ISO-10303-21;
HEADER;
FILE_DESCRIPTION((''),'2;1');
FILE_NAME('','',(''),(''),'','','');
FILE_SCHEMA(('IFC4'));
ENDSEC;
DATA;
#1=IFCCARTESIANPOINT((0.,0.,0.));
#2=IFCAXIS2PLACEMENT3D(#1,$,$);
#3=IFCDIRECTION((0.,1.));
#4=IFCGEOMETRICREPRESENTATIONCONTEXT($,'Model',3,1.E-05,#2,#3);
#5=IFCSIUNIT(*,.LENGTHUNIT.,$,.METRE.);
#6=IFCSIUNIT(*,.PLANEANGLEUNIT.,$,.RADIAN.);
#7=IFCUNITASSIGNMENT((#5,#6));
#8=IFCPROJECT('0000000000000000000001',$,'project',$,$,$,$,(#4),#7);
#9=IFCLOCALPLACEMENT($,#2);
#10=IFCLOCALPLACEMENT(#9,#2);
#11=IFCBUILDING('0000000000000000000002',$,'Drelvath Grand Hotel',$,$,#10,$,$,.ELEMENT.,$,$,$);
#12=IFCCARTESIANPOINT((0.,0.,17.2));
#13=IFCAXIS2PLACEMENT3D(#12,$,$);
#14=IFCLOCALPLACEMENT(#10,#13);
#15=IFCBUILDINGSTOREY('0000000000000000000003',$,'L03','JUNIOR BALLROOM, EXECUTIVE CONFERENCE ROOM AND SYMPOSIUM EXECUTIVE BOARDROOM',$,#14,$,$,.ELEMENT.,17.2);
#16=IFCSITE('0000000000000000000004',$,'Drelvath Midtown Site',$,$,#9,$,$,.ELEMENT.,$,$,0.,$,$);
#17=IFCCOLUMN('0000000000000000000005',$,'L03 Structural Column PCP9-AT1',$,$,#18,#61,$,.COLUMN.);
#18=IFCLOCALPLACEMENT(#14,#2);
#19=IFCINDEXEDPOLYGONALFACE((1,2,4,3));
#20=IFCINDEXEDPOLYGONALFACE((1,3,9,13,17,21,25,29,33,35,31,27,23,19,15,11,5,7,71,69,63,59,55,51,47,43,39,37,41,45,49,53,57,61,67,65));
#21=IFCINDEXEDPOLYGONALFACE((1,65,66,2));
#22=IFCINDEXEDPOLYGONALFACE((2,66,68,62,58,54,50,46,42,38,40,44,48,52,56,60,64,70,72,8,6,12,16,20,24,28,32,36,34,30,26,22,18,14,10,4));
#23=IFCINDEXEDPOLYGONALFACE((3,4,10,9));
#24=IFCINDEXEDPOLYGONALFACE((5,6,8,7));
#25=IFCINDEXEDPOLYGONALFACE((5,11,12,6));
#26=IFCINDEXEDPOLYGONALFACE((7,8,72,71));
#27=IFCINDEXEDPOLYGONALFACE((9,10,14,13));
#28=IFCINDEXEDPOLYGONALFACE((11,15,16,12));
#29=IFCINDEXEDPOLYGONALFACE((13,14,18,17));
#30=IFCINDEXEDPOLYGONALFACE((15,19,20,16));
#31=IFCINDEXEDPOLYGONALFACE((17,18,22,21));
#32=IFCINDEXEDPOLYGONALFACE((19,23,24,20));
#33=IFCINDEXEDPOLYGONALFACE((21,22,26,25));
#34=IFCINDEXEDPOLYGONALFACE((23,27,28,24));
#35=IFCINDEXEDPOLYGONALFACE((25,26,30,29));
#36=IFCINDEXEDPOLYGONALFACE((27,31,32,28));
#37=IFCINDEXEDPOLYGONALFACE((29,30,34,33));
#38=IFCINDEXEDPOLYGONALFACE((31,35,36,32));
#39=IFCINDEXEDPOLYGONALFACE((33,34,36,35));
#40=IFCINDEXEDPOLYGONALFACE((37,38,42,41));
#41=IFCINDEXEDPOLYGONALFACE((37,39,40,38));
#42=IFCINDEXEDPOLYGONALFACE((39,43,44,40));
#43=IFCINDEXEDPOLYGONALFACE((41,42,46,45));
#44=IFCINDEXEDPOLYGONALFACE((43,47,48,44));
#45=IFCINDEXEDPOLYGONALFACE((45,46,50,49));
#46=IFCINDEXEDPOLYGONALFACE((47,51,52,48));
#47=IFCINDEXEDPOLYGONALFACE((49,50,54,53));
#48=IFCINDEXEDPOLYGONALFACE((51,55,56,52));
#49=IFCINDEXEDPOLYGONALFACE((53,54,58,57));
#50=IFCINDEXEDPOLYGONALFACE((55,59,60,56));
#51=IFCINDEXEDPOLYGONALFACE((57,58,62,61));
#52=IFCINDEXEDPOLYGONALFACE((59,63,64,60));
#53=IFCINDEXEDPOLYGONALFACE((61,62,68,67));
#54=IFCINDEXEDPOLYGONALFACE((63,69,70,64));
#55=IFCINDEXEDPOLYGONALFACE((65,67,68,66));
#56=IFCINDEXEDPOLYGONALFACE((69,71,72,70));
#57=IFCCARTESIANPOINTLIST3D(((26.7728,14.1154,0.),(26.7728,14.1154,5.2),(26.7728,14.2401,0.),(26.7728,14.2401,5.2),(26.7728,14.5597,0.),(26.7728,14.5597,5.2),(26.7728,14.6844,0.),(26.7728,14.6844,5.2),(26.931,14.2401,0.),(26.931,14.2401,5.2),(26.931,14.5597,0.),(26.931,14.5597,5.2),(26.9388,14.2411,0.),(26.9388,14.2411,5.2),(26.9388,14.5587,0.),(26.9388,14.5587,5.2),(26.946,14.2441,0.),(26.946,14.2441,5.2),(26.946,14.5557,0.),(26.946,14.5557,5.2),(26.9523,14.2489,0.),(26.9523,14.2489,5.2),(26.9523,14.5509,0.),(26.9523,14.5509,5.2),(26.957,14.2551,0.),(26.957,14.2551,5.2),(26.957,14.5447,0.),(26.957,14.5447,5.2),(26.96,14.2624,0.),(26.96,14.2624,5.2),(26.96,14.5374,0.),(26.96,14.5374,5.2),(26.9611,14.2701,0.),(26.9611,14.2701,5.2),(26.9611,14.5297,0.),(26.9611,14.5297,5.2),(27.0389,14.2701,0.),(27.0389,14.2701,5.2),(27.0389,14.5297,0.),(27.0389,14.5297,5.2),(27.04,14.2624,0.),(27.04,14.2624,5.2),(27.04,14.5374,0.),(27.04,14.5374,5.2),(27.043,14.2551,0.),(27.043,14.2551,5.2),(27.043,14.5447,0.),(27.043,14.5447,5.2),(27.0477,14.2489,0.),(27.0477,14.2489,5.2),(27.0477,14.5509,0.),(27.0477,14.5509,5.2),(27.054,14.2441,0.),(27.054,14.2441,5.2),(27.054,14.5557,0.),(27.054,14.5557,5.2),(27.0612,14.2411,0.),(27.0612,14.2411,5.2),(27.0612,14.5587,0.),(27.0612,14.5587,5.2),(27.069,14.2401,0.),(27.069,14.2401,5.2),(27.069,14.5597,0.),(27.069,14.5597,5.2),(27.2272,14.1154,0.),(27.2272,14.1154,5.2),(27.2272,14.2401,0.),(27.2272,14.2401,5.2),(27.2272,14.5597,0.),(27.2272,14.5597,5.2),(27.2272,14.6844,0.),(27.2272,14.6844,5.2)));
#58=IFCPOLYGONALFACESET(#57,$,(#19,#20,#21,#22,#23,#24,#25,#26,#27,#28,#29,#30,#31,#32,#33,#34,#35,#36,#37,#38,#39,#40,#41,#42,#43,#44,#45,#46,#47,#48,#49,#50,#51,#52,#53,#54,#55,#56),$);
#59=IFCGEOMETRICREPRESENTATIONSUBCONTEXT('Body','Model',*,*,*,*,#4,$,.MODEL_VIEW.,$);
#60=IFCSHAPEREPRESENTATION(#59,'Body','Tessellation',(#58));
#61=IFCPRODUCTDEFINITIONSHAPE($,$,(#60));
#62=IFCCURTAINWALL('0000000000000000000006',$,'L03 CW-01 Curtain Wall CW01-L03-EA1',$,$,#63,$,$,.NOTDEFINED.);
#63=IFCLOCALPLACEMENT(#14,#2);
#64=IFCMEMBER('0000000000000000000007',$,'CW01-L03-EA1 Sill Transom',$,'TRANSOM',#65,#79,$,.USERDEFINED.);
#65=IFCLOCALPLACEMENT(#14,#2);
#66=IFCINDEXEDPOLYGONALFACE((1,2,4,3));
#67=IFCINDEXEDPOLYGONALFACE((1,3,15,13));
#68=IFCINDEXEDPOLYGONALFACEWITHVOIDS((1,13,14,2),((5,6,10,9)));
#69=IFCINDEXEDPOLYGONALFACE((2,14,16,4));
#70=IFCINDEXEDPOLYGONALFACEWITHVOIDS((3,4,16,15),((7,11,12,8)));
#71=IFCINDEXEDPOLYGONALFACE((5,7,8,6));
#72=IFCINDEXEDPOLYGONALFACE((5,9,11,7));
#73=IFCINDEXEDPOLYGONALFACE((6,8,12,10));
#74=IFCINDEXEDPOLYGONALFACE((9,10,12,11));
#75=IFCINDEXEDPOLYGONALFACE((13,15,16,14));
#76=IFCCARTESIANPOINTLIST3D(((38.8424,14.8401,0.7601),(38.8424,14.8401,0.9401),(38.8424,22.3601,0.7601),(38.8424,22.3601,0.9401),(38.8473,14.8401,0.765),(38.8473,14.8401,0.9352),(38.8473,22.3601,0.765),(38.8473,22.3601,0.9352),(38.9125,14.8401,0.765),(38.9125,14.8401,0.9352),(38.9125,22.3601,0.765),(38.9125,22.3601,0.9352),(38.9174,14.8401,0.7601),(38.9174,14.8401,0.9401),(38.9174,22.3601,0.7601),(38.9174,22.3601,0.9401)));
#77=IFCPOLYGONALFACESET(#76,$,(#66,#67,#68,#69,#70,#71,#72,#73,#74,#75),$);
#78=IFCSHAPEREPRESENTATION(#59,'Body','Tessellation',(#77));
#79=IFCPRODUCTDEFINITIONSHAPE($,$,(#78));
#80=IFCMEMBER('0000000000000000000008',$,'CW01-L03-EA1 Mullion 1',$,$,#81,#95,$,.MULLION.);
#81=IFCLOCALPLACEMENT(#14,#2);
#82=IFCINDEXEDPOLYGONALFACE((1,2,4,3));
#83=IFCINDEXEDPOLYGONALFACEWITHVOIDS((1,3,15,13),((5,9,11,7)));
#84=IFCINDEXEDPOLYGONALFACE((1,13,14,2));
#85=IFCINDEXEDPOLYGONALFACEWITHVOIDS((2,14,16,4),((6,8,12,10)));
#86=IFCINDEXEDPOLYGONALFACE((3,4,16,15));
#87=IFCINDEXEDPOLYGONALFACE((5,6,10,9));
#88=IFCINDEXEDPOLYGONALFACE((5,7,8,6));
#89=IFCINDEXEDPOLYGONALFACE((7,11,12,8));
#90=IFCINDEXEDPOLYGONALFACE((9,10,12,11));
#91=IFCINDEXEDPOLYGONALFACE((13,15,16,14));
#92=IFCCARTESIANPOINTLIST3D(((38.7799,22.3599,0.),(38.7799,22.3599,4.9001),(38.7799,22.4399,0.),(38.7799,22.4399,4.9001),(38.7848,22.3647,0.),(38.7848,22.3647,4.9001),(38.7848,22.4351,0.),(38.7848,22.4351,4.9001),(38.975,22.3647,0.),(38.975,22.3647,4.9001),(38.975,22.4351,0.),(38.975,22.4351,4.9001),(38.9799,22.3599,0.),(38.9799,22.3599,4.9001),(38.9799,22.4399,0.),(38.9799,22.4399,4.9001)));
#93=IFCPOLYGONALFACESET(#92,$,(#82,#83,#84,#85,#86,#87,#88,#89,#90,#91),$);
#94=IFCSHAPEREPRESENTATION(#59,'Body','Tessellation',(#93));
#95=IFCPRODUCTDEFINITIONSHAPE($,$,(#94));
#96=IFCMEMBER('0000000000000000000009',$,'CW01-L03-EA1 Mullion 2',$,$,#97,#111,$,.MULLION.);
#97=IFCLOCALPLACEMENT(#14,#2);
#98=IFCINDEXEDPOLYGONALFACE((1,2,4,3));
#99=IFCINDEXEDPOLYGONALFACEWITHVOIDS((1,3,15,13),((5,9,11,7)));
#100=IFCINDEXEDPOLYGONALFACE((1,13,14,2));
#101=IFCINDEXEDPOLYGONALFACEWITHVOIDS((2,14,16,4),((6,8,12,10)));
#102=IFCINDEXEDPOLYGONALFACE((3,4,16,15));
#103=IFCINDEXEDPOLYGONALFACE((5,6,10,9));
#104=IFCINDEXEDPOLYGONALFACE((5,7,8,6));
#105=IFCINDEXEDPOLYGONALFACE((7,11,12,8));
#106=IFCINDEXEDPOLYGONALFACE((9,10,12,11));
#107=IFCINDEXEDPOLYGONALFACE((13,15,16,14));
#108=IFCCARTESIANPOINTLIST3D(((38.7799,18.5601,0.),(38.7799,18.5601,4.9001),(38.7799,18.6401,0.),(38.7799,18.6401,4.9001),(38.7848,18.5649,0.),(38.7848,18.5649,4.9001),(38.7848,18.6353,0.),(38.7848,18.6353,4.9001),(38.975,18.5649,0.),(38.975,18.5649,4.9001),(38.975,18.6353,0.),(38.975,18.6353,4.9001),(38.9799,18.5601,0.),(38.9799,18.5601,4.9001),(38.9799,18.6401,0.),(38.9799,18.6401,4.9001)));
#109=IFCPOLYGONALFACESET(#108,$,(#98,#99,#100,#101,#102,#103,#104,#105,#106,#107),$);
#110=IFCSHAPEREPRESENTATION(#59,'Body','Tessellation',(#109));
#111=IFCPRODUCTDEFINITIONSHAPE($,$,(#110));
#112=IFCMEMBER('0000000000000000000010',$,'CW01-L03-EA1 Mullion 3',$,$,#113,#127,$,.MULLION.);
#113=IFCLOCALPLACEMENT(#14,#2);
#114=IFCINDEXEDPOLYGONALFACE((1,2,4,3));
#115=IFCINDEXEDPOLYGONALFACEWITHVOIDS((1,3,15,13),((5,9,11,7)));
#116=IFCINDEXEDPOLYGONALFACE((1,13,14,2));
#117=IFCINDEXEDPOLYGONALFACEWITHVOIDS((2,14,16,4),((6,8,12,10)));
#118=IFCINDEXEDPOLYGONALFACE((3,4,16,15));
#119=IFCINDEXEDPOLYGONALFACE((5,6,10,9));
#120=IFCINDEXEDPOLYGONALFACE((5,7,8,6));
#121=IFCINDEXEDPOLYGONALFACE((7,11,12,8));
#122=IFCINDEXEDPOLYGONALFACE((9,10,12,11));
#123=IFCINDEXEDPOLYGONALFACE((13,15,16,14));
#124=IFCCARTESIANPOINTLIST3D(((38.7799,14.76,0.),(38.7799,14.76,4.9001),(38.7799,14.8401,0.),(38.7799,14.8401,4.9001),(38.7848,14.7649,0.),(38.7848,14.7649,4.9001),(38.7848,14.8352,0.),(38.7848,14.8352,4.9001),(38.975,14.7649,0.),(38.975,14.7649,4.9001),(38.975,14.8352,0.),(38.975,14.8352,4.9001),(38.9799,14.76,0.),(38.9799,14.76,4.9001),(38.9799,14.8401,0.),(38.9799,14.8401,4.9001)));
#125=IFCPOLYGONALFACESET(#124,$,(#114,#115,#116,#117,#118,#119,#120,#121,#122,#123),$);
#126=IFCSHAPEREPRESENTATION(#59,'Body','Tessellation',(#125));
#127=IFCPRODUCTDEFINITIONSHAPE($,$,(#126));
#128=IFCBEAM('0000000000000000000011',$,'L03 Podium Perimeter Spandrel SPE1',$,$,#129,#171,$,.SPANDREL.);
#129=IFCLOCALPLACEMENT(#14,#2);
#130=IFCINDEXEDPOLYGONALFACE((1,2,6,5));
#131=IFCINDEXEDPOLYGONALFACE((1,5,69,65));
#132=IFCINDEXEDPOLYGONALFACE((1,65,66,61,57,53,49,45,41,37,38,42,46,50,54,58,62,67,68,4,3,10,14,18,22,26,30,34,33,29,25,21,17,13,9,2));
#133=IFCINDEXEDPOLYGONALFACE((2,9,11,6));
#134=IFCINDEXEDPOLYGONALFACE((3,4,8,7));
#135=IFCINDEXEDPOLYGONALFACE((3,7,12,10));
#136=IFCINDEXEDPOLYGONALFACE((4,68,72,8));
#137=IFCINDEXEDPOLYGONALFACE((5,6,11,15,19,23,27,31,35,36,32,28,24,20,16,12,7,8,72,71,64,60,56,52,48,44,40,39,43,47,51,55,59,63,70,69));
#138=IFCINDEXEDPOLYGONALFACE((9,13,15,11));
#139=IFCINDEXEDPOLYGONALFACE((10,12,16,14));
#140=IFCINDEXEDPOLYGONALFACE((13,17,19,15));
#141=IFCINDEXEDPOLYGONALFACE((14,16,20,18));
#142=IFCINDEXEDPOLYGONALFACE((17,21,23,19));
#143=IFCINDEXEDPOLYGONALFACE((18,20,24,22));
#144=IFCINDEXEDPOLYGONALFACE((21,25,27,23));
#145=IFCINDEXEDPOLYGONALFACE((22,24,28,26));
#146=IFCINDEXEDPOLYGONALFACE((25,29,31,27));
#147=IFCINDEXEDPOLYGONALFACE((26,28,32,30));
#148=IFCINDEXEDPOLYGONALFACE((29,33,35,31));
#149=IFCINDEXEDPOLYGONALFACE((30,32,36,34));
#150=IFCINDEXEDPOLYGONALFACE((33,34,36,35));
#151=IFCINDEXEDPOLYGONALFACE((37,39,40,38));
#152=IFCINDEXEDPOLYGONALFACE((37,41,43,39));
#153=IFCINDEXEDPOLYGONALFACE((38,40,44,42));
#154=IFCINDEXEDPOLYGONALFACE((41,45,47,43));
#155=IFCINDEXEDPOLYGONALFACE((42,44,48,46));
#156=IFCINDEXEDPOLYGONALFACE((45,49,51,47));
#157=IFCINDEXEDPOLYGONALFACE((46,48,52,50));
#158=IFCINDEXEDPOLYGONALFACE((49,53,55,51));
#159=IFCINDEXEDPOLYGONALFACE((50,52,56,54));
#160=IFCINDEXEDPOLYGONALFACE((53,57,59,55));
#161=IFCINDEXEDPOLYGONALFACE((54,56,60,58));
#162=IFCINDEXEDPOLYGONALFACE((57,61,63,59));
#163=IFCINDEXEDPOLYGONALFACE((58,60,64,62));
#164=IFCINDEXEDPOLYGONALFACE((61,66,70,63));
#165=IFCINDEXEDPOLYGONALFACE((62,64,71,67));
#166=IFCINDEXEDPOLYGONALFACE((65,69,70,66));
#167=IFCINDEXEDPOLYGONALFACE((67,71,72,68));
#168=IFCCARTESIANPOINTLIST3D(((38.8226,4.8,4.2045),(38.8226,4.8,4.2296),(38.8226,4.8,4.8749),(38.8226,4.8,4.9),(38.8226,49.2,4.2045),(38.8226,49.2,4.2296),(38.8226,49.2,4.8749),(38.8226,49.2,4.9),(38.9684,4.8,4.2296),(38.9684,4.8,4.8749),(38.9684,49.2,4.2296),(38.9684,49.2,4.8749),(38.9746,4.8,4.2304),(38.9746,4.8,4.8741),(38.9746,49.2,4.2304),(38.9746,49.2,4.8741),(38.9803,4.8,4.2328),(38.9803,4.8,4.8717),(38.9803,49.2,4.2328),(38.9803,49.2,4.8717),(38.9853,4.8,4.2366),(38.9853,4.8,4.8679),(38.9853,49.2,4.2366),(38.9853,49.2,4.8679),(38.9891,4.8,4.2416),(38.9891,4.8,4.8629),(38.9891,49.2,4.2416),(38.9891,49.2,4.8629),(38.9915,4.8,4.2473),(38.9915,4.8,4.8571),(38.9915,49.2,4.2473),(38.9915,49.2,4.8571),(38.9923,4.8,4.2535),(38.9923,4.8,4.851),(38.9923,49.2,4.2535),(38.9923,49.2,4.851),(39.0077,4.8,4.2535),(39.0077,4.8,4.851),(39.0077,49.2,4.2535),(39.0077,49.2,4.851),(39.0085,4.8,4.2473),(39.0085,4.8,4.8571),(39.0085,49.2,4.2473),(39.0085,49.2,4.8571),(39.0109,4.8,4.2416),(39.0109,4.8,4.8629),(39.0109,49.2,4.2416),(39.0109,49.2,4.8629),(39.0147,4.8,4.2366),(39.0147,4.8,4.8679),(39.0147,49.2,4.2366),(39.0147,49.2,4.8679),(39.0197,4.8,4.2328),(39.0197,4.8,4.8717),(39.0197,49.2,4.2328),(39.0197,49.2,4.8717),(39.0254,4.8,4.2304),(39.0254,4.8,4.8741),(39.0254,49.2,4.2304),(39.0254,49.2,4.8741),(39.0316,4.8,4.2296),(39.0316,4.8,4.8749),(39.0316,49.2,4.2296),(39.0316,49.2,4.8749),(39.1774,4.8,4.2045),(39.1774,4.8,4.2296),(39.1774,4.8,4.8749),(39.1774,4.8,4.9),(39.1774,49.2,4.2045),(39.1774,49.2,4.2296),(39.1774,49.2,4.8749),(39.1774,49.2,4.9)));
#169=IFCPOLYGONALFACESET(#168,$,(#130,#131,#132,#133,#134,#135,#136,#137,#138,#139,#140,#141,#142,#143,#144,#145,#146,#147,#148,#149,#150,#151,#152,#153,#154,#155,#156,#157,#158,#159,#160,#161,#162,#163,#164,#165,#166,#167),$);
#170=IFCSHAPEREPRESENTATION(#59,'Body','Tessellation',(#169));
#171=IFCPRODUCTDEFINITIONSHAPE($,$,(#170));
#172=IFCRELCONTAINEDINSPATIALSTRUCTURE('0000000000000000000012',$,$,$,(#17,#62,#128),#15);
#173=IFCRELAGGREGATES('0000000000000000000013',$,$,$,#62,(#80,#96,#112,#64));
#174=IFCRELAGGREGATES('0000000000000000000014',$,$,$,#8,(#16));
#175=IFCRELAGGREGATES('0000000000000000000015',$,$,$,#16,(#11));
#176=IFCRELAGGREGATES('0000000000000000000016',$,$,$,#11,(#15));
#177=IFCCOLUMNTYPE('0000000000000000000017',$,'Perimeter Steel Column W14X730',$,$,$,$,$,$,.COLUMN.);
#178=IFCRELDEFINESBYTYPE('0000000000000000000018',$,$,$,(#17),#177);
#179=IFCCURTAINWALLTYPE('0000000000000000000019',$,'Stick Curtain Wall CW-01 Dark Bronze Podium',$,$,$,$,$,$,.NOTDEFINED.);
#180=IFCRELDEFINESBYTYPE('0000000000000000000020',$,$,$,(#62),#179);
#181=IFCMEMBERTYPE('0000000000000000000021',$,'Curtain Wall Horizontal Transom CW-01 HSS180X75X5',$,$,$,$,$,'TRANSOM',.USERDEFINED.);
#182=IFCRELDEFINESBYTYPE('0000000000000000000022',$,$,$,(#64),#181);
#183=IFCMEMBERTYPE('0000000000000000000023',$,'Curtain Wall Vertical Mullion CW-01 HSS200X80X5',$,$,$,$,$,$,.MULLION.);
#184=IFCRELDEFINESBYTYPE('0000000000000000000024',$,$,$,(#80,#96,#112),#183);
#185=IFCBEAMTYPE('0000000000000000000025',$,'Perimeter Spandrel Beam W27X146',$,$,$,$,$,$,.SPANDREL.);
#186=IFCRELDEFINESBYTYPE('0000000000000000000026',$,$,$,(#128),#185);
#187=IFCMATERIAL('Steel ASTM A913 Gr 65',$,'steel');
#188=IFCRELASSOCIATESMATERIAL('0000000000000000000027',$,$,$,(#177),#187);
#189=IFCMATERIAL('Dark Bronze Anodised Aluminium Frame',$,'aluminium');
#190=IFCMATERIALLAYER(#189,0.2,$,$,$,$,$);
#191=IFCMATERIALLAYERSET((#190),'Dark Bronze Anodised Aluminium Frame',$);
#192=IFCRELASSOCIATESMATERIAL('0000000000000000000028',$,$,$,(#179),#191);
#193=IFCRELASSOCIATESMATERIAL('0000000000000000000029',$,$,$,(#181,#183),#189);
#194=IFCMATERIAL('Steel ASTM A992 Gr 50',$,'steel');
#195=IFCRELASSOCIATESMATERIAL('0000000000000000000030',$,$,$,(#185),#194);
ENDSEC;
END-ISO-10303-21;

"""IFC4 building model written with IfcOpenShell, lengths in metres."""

from ifc_helpers import new_model, si_unit, direction, frame, origin, origin_2d, place, context, subcontext, project, spatial, hollow_rectangle, i_section, extrude, material, layer, layer_set, material_profile, profile_set, type_object, element, aggregate, save


model = new_model("IFC4")

# Units and contexts
model_context = context("Model", 3, precision=1e-05, world=origin(), true_north=direction((0.0, 1.0)))
body_context = subcontext(model_context, "Body", "Model", "MODEL_VIEW")
ifc_project = project(units=[si_unit("LENGTHUNIT", "METRE"), si_unit("PLANEANGLEUNIT", "RADIAN")], contexts=[model_context])

# Site, building, storey
site_placement = place(None, origin())
site = spatial("IfcSite", under=ifc_project, at=site_placement, Name="Drelvath Midtown Site", CompositionType="ELEMENT", RefElevation=0.0)
building_placement = place(site_placement, origin())
building = spatial("IfcBuilding", under=site, at=building_placement, Name="Drelvath Grand Hotel", CompositionType="ELEMENT")
storey_placement = place(building_placement, frame((0.0, 0.0, 17.2)))
storey = spatial("IfcBuildingStorey", under=building, at=storey_placement, Name="L03", Description="JUNIOR BALLROOM, EXECUTIVE CONFERENCE ROOM AND SYMPOSIUM EXECUTIVE BOARDROOM", CompositionType="ELEMENT", Elevation=17.2)

# Column
ifc_material_1 = material(Name="Steel ASTM A913 Gr 65", Category="steel")
ifc_material_profile_1 = material_profile(ifc_material_1, i_section(OverallWidth=0.4543, OverallDepth=0.5691, WebThickness=0.0779, FlangeThickness=0.1248, FilletRadius=0.03, at=origin_2d()), Name="W14X730")
ifc_profile_set_1 = profile_set([ifc_material_profile_1], Name="Steel ASTM A913 Gr 65")
column_type_1 = type_object("IfcColumnType", Name="Perimeter Steel Column W14X730", PredefinedType="COLUMN", material=ifc_profile_set_1)
for number, where, z_axis, x_axis, name in (
    (1, (27.0, 14.3999, 0.0), (0.0, 0.0, 1.0), (1.0, 0.0, 0.0), "L03 Structural Column PCP9-AT1"),
):
    element("IfcColumn", number, at=place(storey_placement, frame(where, z_axis=z_axis, x_axis=x_axis)), inside=storey, type_object=column_type_1, Name=name, PredefinedType="COLUMN", context=body_context, shape_type="SweptSolid", body=[
        extrude(i_section(OverallWidth=0.4543, OverallDepth=0.5691, WebThickness=0.0779, FlangeThickness=0.1248, FilletRadius=0.03, at=origin_2d()), origin(), (0.0, 0.0, 1.0), 5.2),
    ])

# Curtain wall, members
ifc_material_2 = material(Name="Dark Bronze Anodised Aluminium Frame", Category="aluminium")
ifc_layer_1 = layer(ifc_material_2, 0.2)
ifc_layer_set_1 = layer_set([ifc_layer_1], Name="Dark Bronze Anodised Aluminium Frame")
curtain_wall_type = type_object("IfcCurtainWallType", Name="Stick Curtain Wall CW-01 Dark Bronze Podium", PredefinedType="NOTDEFINED", material=ifc_layer_set_1)
curtain_wall_placement = place(storey_placement, origin())
curtain_wall = element("IfcCurtainWall", 2, at=curtain_wall_placement, inside=storey, type_object=curtain_wall_type, Name="L03 CW-01 Curtain Wall CW01-L03-EA1", PredefinedType="NOTDEFINED")
ifc_material_profile_2 = material_profile(ifc_material_2, hollow_rectangle(XDim=0.075, YDim=0.1799, WallThickness=0.0049, at=origin_2d()), Name="HSS180X75X5")
ifc_profile_set_2 = profile_set([ifc_material_profile_2], Name="Dark Bronze Anodised Aluminium Frame")
member_type_1 = type_object("IfcMemberType", Name="Curtain Wall Horizontal Transom CW-01 HSS180X75X5", ElementType="TRANSOM", PredefinedType="USERDEFINED", material=ifc_profile_set_2)
member_1_placement = place(storey_placement, frame((38.8799, 22.3601, 0.8501), z_axis=(0.0, -1.0, 0.0), x_axis=(1.0, 0.0, 0.0)))
member_1 = element("IfcMember", 3, at=member_1_placement, type_object=member_type_1, Name="CW01-L03-EA1 Sill Transom", ObjectType="TRANSOM", PredefinedType="USERDEFINED", context=body_context, shape_type="SweptSolid", body=[
    extrude(hollow_rectangle(XDim=0.075, YDim=0.1799, WallThickness=0.0049, at=origin_2d()), origin(), (0.0, 0.0, 1.0), 7.52),
])
ifc_material_profile_3 = material_profile(ifc_material_2, hollow_rectangle(XDim=0.0801, YDim=0.2, WallThickness=0.0049, at=origin_2d()), Name="HSS200X80X5")
ifc_profile_set_3 = profile_set([ifc_material_profile_3], Name="Dark Bronze Anodised Aluminium Frame")
member_type_2 = type_object("IfcMemberType", Name="Curtain Wall Vertical Mullion CW-01 HSS200X80X5", PredefinedType="MULLION", material=ifc_profile_set_3)
member_2_placement = place(storey_placement, frame((38.8799, 22.3999, 0.0), z_axis=(0.0, 0.0, 1.0), x_axis=(0.0, 1.0, 0.0)))
member_2 = element("IfcMember", 4, at=member_2_placement, type_object=member_type_2, Name="CW01-L03-EA1 Mullion 1", PredefinedType="MULLION", context=body_context, shape_type="SweptSolid", body=[
    extrude(hollow_rectangle(XDim=0.0801, YDim=0.2, WallThickness=0.0049, at=origin_2d()), origin(), (0.0, 0.0, 1.0), 4.9001),
])
member_3_placement = place(storey_placement, frame((38.8799, 18.6001, 0.0), z_axis=(0.0, 0.0, 1.0), x_axis=(0.0, 1.0, 0.0)))
member_3 = element("IfcMember", 5, at=member_3_placement, type_object=member_type_2, Name="CW01-L03-EA1 Mullion 2", PredefinedType="MULLION", context=body_context, shape_type="SweptSolid", body=[
    extrude(hollow_rectangle(XDim=0.0801, YDim=0.2, WallThickness=0.0049, at=origin_2d()), origin(), (0.0, 0.0, 1.0), 4.9001),
])
member_4_placement = place(storey_placement, frame((38.8799, 14.8, 0.0), z_axis=(0.0, 0.0, 1.0), x_axis=(0.0, 1.0, 0.0)))
member_4 = element("IfcMember", 6, at=member_4_placement, type_object=member_type_2, Name="CW01-L03-EA1 Mullion 3", PredefinedType="MULLION", context=body_context, shape_type="SweptSolid", body=[
    extrude(hollow_rectangle(XDim=0.0801, YDim=0.2, WallThickness=0.0049, at=origin_2d()), origin(), (0.0, 0.0, 1.0), 4.9001),
])

# Beam
ifc_material_3 = material(Name="Steel ASTM A992 Gr 50", Category="steel")
ifc_material_profile_4 = material_profile(ifc_material_3, i_section(OverallWidth=0.3547, OverallDepth=0.6956, WebThickness=0.0154, FlangeThickness=0.0251, FilletRadius=0.0239, at=origin_2d()), Name="W27X146")
ifc_profile_set_4 = profile_set([ifc_material_profile_4], Name="Steel ASTM A992 Gr 50")
beam_type_1 = type_object("IfcBeamType", Name="Perimeter Spandrel Beam W27X146", PredefinedType="SPANDREL", material=ifc_profile_set_4)
beam_1_placement = place(storey_placement, frame((39.0, 4.8, 4.5522), z_axis=(0.0, 1.0, 0.0), x_axis=(-1.0, 0.0, 0.0)))
element("IfcBeam", 7, at=beam_1_placement, inside=storey, type_object=beam_type_1, Name="L03 Podium Perimeter Spandrel SPE1", PredefinedType="SPANDREL", context=body_context, shape_type="SweptSolid", body=[
    extrude(i_section(OverallWidth=0.3547, OverallDepth=0.6956, WebThickness=0.0154, FlangeThickness=0.0251, FilletRadius=0.0239, at=origin_2d()), origin(), (0.0, 0.0, 1.0), 44.3999),
])

aggregate(curtain_wall, [member_2, member_3, member_4, member_1])

save(model, "model.ifc")
